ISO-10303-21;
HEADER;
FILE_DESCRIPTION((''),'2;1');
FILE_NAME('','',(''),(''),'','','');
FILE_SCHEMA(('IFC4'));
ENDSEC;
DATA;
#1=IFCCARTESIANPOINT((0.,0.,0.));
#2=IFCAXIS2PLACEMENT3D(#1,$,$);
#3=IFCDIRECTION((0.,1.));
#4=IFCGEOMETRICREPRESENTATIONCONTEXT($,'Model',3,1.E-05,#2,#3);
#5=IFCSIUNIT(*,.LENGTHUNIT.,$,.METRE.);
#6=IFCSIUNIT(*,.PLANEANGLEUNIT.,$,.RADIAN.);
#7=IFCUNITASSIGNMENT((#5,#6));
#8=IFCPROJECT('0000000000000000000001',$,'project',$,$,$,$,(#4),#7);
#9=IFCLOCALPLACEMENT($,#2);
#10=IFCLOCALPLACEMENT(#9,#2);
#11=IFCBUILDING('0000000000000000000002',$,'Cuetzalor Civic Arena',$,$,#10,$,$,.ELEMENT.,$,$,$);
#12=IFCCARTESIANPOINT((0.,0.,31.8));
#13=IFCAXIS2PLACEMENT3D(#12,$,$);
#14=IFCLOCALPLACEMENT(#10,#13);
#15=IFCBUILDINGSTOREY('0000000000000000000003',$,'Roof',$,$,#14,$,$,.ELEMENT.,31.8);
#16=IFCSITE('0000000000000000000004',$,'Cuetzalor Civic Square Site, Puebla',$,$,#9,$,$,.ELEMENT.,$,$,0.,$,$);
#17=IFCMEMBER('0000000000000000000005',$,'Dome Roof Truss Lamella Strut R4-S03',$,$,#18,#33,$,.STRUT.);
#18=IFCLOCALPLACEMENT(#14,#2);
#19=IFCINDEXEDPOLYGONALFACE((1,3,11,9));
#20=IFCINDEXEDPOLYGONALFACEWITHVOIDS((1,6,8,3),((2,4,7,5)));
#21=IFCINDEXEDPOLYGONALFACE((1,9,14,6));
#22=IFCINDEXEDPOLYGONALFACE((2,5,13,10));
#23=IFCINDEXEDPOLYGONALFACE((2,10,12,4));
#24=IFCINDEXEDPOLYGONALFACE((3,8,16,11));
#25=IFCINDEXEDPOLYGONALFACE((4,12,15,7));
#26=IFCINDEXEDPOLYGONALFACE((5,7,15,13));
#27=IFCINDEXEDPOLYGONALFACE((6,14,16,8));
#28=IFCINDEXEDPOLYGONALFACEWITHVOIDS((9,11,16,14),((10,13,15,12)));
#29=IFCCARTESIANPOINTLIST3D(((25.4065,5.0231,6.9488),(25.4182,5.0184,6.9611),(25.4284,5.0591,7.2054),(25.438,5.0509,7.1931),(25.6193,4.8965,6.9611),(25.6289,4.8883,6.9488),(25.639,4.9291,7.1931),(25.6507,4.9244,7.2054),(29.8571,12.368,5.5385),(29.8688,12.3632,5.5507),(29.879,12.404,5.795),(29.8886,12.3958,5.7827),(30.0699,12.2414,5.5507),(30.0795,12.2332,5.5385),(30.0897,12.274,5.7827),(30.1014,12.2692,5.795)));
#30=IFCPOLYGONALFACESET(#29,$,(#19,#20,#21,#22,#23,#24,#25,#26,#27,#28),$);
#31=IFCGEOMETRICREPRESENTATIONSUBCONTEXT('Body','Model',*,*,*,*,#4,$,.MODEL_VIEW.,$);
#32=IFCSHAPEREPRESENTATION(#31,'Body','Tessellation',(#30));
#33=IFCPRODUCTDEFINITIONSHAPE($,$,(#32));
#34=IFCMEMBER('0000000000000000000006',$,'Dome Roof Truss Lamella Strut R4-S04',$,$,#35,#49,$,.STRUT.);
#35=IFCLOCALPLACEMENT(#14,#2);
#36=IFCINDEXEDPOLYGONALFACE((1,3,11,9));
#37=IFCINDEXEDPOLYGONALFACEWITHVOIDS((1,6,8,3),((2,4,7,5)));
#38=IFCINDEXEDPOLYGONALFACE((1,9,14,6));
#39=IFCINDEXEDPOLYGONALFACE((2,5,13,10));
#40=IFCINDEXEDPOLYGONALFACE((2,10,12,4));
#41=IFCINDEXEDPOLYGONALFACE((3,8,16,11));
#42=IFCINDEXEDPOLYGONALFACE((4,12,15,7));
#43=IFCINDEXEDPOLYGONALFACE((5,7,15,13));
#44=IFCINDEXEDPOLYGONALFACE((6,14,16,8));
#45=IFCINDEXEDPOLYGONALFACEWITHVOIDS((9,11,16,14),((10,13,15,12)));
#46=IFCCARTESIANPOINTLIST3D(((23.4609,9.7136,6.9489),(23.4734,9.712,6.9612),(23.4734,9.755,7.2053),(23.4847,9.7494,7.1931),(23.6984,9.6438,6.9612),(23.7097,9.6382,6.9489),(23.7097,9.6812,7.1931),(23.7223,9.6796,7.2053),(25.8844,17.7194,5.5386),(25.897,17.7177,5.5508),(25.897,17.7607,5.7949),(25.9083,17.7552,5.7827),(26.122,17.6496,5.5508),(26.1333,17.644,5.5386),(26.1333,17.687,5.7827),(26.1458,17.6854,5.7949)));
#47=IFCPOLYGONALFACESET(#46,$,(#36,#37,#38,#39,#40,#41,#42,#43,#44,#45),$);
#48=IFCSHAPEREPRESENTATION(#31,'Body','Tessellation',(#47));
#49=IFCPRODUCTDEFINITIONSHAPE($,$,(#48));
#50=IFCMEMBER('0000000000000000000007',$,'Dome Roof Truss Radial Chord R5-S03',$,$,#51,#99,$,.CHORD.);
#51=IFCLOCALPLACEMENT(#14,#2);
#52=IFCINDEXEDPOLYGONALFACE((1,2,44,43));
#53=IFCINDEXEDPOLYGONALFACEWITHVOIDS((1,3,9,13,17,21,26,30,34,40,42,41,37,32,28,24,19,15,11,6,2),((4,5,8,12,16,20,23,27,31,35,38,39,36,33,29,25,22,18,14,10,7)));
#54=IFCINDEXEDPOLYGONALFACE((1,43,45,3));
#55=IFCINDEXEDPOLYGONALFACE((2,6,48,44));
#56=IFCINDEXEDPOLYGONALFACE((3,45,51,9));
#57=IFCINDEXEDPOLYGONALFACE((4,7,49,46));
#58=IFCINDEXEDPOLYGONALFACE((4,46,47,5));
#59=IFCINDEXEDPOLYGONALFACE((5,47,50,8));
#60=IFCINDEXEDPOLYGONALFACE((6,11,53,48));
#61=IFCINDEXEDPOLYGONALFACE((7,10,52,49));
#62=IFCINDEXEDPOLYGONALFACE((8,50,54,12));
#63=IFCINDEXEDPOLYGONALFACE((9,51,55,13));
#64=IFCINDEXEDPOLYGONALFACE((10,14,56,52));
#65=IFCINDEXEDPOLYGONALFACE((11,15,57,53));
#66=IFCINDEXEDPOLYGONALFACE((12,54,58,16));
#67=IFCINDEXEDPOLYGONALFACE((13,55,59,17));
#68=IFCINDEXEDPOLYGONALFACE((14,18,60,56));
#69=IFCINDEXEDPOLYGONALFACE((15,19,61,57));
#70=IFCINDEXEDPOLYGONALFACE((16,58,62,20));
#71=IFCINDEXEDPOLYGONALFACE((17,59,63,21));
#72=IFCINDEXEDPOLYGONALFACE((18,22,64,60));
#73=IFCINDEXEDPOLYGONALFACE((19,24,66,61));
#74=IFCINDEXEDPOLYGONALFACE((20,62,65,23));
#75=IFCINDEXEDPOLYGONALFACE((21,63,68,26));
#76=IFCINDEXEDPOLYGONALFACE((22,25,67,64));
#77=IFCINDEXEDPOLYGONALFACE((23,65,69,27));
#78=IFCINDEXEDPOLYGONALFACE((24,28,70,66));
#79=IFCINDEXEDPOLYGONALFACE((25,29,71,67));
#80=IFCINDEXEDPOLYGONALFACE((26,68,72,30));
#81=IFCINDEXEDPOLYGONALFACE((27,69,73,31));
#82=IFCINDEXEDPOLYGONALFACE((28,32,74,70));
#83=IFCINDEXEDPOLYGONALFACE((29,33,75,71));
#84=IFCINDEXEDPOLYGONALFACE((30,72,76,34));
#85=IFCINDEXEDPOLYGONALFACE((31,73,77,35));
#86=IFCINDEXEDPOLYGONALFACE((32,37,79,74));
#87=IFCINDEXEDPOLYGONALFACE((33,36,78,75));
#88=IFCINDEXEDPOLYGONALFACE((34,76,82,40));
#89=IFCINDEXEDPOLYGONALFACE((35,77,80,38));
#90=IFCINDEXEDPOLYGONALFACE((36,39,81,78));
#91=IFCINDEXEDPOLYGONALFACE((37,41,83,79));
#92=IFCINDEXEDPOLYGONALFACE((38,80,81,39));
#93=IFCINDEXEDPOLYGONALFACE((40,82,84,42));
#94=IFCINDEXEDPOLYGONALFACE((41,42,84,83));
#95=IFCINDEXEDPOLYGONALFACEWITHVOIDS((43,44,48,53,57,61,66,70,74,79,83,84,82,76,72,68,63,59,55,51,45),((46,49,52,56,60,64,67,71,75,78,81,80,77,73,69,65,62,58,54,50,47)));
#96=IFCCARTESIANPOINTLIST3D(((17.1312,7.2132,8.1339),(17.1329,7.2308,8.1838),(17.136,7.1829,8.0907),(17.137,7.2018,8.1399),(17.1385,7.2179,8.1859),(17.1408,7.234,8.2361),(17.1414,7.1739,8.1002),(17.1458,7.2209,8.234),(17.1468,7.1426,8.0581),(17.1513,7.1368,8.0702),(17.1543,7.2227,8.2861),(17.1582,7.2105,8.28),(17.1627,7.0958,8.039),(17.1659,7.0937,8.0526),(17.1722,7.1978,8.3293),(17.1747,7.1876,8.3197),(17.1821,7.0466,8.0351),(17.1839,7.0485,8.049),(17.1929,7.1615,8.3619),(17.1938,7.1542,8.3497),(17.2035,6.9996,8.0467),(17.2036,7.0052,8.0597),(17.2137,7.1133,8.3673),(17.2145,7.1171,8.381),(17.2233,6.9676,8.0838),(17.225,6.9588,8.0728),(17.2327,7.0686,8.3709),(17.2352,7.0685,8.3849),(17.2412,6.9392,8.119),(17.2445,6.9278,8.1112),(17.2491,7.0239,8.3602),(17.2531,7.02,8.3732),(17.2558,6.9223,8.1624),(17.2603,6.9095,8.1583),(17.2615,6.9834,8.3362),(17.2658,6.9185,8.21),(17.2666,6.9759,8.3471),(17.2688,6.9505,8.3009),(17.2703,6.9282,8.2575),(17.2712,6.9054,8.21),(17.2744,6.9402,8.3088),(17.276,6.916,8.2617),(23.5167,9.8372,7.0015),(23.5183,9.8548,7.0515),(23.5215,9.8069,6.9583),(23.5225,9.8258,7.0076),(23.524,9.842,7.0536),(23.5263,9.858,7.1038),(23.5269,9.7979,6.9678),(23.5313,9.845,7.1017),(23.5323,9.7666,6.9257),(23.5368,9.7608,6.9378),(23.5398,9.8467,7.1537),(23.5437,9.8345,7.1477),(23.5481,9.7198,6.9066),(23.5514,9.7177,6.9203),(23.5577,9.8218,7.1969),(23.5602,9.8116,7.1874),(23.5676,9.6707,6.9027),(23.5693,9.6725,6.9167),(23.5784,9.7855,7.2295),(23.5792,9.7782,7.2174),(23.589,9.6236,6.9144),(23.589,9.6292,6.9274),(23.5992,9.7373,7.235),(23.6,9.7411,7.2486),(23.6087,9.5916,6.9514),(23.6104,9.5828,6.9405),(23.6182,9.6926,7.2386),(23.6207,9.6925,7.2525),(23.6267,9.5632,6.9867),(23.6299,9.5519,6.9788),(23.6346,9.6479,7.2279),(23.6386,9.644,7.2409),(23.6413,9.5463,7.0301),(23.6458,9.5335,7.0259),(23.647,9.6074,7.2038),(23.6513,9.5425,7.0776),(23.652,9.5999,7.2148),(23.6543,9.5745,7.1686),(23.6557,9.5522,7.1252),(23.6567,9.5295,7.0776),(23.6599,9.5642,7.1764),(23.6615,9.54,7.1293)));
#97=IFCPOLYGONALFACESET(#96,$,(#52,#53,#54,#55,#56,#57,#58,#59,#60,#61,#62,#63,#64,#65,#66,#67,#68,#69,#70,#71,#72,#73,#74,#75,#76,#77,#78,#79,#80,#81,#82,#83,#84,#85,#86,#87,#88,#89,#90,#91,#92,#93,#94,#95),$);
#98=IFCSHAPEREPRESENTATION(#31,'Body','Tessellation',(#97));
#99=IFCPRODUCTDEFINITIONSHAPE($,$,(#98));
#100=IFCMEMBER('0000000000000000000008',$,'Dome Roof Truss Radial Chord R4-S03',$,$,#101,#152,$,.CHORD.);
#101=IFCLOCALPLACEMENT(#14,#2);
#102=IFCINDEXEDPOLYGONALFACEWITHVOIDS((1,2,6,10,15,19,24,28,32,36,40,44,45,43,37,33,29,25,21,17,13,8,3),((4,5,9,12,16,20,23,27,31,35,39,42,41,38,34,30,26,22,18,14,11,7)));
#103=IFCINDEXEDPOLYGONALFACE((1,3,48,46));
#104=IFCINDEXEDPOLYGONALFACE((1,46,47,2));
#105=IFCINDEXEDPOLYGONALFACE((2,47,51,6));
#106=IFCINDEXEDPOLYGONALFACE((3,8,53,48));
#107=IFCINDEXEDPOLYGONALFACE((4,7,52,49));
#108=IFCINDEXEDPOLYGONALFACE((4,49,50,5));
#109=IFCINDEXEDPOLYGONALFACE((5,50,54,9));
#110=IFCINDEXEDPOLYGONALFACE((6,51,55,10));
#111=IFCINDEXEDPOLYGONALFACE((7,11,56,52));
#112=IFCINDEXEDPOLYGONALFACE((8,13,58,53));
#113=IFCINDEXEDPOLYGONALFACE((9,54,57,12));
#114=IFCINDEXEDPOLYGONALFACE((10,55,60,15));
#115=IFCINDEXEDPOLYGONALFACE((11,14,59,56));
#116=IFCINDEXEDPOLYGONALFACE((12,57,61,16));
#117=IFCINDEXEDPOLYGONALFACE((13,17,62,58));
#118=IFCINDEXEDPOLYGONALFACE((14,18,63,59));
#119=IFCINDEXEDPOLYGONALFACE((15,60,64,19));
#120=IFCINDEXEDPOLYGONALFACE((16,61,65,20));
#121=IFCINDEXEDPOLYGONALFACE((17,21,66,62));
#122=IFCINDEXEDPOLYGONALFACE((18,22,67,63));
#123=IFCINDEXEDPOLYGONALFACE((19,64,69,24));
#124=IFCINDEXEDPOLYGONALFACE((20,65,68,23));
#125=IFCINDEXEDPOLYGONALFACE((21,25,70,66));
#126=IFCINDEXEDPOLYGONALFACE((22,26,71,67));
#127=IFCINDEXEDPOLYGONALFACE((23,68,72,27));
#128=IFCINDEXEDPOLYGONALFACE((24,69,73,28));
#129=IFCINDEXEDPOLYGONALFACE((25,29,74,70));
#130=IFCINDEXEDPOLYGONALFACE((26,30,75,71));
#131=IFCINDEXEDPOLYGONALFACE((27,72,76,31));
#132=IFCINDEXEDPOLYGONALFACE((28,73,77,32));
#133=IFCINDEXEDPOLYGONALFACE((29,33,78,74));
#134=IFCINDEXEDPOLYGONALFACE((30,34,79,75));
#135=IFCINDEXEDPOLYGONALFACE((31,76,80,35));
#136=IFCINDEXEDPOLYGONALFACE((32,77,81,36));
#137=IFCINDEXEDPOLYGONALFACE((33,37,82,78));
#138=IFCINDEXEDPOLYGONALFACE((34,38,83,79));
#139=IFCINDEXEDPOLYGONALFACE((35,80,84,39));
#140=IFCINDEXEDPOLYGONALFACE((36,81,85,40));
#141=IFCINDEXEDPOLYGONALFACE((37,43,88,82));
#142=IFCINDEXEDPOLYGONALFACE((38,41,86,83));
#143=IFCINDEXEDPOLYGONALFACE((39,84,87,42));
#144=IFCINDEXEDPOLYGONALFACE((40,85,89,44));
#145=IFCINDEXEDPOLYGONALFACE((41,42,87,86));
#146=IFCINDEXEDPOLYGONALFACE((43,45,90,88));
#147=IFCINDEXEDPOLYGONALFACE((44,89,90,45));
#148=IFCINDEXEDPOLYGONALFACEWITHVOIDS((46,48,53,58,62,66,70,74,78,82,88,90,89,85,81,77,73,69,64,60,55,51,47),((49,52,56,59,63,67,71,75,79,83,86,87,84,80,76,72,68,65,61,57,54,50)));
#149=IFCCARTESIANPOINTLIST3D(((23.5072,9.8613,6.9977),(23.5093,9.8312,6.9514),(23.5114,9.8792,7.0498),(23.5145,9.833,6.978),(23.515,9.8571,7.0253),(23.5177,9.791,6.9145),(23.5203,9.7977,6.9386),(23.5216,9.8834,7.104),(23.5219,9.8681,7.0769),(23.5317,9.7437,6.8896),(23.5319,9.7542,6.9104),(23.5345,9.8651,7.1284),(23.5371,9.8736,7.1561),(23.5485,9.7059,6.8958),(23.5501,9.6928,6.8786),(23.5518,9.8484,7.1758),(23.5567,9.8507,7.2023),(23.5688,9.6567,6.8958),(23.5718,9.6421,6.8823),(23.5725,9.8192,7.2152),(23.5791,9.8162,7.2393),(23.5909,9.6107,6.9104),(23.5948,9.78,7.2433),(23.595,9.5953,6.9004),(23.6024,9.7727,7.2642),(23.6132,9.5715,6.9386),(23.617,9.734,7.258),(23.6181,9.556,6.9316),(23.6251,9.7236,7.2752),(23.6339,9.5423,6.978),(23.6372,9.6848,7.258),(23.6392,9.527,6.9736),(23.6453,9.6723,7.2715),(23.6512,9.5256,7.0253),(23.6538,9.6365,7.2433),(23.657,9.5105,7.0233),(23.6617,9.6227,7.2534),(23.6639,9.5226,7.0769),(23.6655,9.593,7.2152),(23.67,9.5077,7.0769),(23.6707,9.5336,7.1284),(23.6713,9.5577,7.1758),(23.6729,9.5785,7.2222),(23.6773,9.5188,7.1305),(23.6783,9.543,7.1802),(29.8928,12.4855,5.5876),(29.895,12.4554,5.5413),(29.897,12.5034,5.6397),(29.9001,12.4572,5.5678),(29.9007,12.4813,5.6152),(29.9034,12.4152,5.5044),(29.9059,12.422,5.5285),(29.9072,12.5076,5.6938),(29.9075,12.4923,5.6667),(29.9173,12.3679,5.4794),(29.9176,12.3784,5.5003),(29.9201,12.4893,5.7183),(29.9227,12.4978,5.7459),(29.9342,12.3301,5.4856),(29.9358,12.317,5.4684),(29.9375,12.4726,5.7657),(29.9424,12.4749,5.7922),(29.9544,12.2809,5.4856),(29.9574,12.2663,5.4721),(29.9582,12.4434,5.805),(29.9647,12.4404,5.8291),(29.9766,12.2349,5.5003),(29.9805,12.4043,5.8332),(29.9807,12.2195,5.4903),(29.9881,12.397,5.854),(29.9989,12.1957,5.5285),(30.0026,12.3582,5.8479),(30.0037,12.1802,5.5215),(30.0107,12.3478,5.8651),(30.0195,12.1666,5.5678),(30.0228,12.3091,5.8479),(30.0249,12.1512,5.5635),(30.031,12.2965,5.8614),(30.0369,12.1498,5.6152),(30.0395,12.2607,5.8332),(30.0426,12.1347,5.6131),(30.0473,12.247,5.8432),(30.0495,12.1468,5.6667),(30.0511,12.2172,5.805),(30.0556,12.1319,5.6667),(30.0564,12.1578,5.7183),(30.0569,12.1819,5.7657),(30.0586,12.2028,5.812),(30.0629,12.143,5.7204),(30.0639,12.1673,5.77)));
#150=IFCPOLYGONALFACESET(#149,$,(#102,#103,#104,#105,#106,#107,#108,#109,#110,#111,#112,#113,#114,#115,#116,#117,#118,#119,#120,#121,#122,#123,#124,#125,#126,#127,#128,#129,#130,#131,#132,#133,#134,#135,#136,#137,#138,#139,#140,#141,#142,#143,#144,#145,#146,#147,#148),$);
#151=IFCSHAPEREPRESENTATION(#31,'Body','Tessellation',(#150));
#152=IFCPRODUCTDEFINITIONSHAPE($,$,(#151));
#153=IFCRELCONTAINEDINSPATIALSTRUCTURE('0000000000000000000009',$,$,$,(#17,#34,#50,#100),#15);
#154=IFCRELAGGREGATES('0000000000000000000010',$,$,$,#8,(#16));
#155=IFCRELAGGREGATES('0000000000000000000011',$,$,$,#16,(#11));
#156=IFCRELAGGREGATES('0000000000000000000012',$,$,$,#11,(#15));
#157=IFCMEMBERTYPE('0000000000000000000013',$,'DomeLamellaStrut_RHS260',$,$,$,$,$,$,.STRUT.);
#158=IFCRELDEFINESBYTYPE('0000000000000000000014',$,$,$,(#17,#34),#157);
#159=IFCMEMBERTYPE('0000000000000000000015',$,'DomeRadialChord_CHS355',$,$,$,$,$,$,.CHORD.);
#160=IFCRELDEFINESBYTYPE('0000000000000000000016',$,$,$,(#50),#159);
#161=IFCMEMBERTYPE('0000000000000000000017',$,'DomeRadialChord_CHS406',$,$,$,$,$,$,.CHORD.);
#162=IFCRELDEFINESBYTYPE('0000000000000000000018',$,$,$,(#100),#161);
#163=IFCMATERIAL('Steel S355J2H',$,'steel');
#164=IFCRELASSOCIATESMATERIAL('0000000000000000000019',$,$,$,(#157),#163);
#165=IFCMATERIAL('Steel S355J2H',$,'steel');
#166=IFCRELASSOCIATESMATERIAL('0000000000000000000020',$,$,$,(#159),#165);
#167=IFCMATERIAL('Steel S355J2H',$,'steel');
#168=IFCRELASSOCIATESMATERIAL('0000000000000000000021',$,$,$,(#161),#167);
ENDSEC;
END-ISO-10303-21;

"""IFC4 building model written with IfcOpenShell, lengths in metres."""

from ifc_helpers import new_model, si_unit, direction, frame, origin, origin_2d, place, context, subcontext, project, spatial, hollow_rectangle, hollow_circle, extrude, material, material_profile, profile_set, type_object, element, save


model = new_model("IFC4")

# Units and contexts
model_context = context("Model", 3, precision=1e-05, world=origin(), true_north=direction((0.0, 1.0)))
body_context = subcontext(model_context, "Body", "Model", "MODEL_VIEW")
ifc_project = project(units=[si_unit("LENGTHUNIT", "METRE"), si_unit("PLANEANGLEUNIT", "RADIAN")], contexts=[model_context])

# Site, building, storey
site_placement = place(None, origin())
site = spatial("IfcSite", under=ifc_project, at=site_placement, Name="Cuetzalor Civic Square Site, Puebla", CompositionType="ELEMENT", RefElevation=0.0)
building_placement = place(site_placement, origin())
building = spatial("IfcBuilding", under=site, at=building_placement, Name="Cuetzalor Civic Arena", CompositionType="ELEMENT")
storey_placement = place(building_placement, frame((0.0, 0.0, 31.8)))
storey = spatial("IfcBuildingStorey", under=building, at=storey_placement, Name="Roof", CompositionType="ELEMENT", Elevation=31.8)

# Members
ifc_material_1 = material(Name="Steel S355J2H", Category="steel")
ifc_material_profile_1 = material_profile(ifc_material_1, hollow_rectangle(XDim=0.26, YDim=0.26, WallThickness=0.0125, at=origin_2d()), Name="RHS 260x260x12.5")
ifc_profile_set_1 = profile_set([ifc_material_profile_1], Name="Steel S355J2H")
member_type_1 = type_object("IfcMemberType", Name="DomeLamellaStrut_RHS260", PredefinedType="STRUT", material=ifc_profile_set_1)
member_1_placement = place(storey_placement, frame((29.9792, 12.3186, 5.6667), z_axis=(-0.511382, -0.843935, 0.162055), x_axis=(0.85524, -0.518232, 0.0)))
element("IfcMember", 1, at=member_1_placement, inside=storey, type_object=member_type_1, Name="Dome Roof Truss Lamella Strut R4-S03", PredefinedType="STRUT", context=body_context, shape_type="SweptSolid", body=[
    extrude(hollow_rectangle(XDim=0.26, YDim=0.26, WallThickness=0.0125, at=origin_2d()), origin(), (0.0, 0.0, 1.0), 8.7031),
])
member_2_placement = place(storey_placement, frame((26.0151, 17.7024, 5.6667), z_axis=(-0.285708, -0.943783, 0.166267), x_axis=(0.957105, -0.289741, 0.0)))
element("IfcMember", 2, at=member_2_placement, inside=storey, type_object=member_type_1, Name="Dome Roof Truss Lamella Strut R4-S04", PredefinedType="STRUT", context=body_context, shape_type="SweptSolid", body=[
    extrude(hollow_rectangle(XDim=0.26, YDim=0.26, WallThickness=0.0125, at=origin_2d()), origin(), (0.0, 0.0, 1.0), 8.4827),
])
ifc_material_2 = material(Name="Steel S355J2H", Category="steel")
ifc_material_profile_2 = material_profile(ifc_material_2, hollow_circle(Radius=0.1777, WallThickness=0.0142, at=origin_2d()), Name="CHS 355.6x14.2")
ifc_profile_set_2 = profile_set([ifc_material_profile_2], Name="Steel S355J2H")
member_type_2 = type_object("IfcMemberType", Name="DomeRadialChord_CHS355", PredefinedType="CHORD", material=ifc_profile_set_2)
member_3_placement = place(storey_placement, frame((23.5891, 9.6938, 7.0776), z_axis=(-0.912752, -0.375082, 0.161856), x_axis=(0.380093, -0.924948, 0.0)))
element("IfcMember", 3, at=member_3_placement, inside=storey, type_object=member_type_2, Name="Dome Roof Truss Radial Chord R5-S03", PredefinedType="CHORD", context=body_context, shape_type="SweptSolid", body=[
    extrude(hollow_circle(Radius=0.1777, WallThickness=0.0142, at=origin_2d()), origin(), (0.0, 0.0, 1.0), 6.9958),
])
ifc_material_3 = material(Name="Steel S355J2H", Category="steel")
ifc_material_profile_3 = material_profile(ifc_material_3, hollow_circle(Radius=0.2029, WallThickness=0.0161, at=origin_2d()), Name="CHS 406x16")
ifc_profile_set_3 = profile_set([ifc_material_profile_3], Name="Steel S355J2H")
member_type_3 = type_object("IfcMemberType", Name="DomeRadialChord_CHS406", PredefinedType="CHORD", material=ifc_profile_set_3)
member_4_placement = place(storey_placement, frame((29.9785, 12.3196, 5.6667), z_axis=(-0.90623, -0.372422, 0.200122), x_axis=(0.380111, -0.924941, 0.0)))
element("IfcMember", 4, at=member_4_placement, inside=storey, type_object=member_type_3, Name="Dome Roof Truss Radial Chord R4-S03", PredefinedType="CHORD", context=body_context, shape_type="SweptSolid", body=[
    extrude(hollow_circle(Radius=0.2029, WallThickness=0.0161, at=origin_2d()), origin(), (0.0, 0.0, 1.0), 7.0464),
])

save(model, "model.ifc")
